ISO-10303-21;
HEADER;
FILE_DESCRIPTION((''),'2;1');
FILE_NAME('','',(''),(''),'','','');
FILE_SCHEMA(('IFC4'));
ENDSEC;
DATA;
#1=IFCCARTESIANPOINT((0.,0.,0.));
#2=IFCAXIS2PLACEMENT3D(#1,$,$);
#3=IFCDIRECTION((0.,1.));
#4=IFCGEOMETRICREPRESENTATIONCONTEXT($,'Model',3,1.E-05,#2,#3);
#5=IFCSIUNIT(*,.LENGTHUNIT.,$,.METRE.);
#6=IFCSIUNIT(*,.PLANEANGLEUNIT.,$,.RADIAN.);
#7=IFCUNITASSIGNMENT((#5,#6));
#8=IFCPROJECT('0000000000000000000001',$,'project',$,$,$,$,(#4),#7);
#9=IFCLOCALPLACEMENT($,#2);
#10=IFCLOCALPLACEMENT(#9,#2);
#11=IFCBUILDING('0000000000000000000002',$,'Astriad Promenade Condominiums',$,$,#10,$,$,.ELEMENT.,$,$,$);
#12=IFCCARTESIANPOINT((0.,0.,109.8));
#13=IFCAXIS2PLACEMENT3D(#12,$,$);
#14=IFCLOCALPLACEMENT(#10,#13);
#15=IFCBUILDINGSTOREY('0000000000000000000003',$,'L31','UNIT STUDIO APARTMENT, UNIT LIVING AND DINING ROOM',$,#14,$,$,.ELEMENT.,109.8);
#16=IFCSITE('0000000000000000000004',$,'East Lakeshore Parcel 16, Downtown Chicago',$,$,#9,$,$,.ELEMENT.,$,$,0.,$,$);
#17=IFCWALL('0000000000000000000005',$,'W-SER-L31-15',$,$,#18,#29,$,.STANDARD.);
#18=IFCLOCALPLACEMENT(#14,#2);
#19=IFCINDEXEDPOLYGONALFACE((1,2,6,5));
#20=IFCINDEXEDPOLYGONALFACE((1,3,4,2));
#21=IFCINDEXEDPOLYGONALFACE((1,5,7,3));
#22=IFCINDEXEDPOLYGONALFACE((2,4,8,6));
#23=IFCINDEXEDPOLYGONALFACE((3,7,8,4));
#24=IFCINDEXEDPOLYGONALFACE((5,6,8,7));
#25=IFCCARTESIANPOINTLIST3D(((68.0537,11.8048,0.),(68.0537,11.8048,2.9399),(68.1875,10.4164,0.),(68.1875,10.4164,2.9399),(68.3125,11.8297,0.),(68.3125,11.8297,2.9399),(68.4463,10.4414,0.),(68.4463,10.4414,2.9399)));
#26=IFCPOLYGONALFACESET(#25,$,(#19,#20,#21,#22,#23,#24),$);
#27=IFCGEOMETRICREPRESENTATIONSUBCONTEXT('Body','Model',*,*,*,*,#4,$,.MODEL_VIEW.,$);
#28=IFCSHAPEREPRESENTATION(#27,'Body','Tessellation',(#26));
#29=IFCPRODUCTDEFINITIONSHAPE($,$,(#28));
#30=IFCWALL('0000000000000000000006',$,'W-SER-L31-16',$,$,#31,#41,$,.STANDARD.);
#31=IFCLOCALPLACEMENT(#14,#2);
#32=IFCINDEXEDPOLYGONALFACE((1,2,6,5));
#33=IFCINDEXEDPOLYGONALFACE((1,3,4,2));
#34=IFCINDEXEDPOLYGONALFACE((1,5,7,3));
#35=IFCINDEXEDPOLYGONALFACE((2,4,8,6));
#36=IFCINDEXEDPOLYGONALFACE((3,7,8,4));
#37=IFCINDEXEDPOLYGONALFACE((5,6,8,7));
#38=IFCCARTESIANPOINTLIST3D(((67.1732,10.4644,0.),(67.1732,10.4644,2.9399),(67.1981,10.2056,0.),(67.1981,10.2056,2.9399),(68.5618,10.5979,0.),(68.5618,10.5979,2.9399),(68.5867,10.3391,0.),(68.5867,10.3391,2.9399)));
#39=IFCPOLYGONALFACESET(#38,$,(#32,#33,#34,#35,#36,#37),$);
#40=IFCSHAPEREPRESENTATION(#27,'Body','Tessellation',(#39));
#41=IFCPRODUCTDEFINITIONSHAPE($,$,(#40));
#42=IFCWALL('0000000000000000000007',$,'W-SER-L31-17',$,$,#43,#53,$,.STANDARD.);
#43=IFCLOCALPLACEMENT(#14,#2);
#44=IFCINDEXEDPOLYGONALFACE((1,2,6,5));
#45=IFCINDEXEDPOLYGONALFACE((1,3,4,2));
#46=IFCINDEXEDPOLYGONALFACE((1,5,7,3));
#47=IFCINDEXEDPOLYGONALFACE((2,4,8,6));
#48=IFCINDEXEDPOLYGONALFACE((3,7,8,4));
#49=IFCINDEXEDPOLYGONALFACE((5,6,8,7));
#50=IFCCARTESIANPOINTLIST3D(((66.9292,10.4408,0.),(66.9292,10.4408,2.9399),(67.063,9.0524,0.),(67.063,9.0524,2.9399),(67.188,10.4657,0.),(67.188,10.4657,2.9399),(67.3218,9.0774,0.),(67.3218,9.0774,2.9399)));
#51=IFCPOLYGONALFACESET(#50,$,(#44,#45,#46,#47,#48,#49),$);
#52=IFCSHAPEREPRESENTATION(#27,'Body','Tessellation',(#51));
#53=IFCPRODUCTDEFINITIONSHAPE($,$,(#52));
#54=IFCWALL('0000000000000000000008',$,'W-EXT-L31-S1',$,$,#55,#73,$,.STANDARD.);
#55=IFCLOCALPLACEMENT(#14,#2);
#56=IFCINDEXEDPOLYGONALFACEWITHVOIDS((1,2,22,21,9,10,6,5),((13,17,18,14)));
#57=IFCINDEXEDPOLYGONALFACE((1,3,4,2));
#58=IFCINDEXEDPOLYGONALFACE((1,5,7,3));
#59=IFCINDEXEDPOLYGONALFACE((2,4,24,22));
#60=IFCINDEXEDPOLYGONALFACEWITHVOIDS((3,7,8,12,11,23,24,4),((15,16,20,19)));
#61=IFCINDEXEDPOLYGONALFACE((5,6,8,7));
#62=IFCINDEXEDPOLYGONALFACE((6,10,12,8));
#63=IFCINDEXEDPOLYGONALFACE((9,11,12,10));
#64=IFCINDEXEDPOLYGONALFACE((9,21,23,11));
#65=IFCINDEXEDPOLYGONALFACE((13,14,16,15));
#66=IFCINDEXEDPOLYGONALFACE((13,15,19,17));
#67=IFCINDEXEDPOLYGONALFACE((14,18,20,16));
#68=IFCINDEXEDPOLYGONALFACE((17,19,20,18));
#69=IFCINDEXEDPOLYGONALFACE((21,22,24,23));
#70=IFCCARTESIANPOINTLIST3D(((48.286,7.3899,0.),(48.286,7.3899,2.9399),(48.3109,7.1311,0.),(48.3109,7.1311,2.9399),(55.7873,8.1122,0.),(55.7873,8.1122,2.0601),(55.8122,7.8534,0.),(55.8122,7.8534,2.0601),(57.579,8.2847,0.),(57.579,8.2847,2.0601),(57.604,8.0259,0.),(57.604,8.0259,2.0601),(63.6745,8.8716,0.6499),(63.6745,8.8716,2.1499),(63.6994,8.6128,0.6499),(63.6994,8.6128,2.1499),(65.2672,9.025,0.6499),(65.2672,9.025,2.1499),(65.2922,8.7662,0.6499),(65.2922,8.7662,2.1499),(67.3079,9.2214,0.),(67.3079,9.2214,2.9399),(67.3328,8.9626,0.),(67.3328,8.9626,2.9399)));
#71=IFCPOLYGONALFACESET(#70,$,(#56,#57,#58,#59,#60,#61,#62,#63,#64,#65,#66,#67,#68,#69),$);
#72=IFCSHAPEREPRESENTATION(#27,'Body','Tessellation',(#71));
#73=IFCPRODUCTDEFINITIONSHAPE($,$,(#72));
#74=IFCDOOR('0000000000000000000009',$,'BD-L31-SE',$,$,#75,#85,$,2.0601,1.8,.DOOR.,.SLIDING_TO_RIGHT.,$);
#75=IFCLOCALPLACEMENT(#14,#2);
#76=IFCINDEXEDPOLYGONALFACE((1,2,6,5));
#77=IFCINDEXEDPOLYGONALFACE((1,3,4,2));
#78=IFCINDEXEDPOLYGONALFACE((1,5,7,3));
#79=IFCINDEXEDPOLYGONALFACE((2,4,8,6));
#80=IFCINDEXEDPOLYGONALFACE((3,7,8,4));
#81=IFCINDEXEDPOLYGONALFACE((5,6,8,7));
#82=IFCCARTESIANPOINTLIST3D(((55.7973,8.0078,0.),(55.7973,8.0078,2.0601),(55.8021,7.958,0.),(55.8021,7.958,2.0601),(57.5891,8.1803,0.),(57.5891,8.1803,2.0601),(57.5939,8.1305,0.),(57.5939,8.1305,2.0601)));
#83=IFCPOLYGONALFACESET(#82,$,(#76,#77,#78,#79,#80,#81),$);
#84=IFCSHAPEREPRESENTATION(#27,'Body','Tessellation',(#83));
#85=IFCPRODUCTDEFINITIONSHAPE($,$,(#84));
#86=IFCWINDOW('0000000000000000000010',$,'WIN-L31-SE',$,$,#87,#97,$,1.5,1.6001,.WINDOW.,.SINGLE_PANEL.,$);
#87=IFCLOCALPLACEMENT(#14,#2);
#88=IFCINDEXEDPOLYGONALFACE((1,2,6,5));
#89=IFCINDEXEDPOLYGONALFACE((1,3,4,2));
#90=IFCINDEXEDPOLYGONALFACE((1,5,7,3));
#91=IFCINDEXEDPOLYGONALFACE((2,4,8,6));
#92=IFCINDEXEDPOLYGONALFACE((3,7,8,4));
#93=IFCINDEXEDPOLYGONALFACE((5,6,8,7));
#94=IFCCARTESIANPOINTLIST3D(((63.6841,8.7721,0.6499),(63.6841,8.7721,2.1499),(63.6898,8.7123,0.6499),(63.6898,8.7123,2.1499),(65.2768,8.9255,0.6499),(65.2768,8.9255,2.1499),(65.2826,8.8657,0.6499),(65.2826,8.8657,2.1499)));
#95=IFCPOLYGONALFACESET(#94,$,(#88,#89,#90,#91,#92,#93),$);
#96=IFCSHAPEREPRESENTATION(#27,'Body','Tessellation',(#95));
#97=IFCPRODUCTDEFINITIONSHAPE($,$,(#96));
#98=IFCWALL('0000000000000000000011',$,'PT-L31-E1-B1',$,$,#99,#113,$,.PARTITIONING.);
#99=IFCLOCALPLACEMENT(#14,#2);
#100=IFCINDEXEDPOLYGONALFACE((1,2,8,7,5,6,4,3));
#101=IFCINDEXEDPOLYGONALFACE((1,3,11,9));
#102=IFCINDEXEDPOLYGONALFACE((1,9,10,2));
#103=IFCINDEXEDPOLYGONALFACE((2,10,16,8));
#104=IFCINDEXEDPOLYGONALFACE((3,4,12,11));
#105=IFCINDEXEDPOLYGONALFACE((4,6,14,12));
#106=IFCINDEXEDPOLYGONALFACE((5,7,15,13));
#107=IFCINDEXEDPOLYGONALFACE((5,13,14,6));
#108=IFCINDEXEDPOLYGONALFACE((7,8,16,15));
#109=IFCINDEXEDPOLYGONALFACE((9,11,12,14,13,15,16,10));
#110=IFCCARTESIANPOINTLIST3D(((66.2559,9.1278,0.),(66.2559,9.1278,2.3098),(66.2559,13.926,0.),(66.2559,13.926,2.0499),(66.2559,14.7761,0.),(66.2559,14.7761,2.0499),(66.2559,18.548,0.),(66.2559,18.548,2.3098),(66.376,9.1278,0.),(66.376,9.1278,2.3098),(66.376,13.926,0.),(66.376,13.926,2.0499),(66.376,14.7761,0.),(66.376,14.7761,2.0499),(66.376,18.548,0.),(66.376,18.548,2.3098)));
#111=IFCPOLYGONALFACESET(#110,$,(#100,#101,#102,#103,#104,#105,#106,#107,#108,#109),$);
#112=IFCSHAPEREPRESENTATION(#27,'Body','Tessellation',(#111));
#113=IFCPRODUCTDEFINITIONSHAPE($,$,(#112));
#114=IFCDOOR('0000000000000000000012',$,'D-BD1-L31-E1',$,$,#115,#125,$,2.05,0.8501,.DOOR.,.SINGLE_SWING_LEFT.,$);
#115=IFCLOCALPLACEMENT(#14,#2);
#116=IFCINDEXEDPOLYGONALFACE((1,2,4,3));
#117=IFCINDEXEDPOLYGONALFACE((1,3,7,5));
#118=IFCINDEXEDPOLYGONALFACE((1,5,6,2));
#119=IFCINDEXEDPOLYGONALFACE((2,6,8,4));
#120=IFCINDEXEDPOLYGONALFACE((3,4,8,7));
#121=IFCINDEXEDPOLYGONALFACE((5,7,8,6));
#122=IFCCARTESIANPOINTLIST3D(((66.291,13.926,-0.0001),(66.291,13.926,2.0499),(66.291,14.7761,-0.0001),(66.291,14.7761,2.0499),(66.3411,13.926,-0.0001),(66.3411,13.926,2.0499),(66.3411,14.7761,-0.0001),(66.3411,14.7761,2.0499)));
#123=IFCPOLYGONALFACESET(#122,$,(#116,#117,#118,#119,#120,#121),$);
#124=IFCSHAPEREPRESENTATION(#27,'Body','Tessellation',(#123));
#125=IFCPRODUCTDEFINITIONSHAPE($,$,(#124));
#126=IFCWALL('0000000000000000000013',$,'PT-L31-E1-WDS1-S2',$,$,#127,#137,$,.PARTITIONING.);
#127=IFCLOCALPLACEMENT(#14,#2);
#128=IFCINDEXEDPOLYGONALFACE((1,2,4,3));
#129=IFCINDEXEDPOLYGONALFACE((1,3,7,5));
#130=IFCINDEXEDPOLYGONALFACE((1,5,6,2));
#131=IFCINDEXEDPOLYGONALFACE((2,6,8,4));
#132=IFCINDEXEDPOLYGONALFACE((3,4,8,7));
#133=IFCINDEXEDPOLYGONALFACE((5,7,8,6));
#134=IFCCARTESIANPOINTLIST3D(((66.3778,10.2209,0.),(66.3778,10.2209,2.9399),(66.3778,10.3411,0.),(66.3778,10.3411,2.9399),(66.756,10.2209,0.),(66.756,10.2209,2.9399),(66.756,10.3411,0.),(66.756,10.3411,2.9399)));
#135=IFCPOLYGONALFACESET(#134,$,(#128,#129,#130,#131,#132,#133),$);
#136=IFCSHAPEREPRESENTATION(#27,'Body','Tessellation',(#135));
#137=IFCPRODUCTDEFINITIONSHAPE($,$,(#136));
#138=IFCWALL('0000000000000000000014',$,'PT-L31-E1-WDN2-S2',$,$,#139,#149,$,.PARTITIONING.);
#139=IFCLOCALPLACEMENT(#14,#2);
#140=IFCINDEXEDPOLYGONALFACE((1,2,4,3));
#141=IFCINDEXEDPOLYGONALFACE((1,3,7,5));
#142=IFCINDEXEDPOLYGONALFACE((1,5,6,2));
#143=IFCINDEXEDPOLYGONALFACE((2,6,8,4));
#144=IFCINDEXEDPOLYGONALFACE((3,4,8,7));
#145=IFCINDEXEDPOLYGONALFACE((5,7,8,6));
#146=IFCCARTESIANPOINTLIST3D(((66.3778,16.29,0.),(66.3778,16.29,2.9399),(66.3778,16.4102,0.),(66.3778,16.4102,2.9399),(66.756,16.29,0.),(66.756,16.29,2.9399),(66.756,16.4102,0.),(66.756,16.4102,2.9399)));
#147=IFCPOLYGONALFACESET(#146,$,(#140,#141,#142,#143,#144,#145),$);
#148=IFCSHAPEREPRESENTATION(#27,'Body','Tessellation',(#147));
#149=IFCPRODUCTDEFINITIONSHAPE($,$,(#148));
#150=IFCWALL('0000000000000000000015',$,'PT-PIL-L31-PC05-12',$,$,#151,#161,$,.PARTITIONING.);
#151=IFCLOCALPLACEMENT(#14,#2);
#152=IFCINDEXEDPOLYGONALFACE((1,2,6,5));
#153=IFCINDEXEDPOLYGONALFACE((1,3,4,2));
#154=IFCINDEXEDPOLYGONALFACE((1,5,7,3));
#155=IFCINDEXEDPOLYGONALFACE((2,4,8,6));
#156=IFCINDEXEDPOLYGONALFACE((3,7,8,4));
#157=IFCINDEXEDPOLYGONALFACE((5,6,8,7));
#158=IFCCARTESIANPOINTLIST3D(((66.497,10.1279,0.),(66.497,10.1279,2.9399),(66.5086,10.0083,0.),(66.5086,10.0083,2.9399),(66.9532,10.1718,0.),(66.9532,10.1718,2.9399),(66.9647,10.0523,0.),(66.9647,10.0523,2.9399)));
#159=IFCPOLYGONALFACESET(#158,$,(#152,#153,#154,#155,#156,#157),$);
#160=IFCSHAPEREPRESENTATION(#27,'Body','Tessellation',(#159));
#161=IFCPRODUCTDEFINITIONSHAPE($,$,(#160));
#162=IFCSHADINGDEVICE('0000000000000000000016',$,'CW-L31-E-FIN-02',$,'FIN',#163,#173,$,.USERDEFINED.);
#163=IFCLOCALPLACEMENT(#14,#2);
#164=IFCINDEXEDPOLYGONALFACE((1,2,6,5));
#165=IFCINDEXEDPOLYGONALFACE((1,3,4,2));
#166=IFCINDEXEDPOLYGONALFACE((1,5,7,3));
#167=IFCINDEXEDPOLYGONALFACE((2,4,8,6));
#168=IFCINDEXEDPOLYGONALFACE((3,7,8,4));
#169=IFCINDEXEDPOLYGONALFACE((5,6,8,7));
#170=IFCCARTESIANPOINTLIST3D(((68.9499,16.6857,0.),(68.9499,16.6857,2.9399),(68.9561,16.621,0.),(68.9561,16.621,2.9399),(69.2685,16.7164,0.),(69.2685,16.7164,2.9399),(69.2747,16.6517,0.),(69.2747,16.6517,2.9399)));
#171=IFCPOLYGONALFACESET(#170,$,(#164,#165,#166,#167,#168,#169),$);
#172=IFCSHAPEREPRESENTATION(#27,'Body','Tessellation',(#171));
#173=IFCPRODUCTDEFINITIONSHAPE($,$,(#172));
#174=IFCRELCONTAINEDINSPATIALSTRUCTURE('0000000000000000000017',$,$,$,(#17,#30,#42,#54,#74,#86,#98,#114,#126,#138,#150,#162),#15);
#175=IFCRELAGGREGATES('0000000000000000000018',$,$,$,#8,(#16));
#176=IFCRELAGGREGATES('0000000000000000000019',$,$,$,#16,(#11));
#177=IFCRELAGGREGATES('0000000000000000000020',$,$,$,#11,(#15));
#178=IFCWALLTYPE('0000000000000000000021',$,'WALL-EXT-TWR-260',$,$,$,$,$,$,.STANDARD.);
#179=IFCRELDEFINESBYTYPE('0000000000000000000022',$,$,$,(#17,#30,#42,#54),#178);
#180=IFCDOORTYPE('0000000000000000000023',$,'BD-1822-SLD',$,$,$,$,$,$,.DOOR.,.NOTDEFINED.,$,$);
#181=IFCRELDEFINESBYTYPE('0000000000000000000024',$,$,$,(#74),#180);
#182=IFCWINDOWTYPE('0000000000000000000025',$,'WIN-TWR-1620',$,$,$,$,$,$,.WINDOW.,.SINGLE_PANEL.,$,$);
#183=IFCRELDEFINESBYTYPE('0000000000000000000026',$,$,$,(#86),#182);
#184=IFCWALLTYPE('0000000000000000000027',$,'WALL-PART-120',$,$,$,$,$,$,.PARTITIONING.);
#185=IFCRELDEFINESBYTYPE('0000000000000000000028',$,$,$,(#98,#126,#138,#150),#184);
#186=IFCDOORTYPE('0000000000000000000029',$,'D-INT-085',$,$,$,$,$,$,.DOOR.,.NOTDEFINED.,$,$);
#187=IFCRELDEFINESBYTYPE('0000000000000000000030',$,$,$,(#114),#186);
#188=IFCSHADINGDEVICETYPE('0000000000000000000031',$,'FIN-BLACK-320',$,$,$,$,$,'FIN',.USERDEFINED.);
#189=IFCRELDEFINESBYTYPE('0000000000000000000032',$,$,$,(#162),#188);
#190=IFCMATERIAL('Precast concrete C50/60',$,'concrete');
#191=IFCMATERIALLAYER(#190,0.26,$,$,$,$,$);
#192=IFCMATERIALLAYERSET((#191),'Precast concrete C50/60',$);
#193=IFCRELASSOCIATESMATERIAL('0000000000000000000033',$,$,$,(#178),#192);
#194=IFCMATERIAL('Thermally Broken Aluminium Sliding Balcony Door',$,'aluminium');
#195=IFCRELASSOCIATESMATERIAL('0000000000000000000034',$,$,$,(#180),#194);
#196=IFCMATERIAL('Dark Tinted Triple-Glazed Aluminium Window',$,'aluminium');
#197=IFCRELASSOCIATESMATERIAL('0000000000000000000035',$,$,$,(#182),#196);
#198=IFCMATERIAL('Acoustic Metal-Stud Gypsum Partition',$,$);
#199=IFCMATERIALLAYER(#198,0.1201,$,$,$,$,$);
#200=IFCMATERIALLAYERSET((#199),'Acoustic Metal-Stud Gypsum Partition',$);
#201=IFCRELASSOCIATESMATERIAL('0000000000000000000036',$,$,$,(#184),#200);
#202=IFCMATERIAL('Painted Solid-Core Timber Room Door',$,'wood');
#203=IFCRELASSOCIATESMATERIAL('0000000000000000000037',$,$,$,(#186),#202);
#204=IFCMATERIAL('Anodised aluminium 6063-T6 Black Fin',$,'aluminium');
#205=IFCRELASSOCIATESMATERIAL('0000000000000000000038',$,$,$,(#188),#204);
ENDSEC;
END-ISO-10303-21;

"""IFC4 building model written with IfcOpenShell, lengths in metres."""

from ifc_helpers import new_model, si_unit, direction, frame, frame_2d, origin, origin_2d, place, context, subcontext, project, spatial, rectangle, extrude, source, transform, mapped, material, layer, layer_set, type_object, type_shapes, element, fill, save


model = new_model("IFC4")

# Units and contexts
model_context = context("Model", 3, precision=1e-05, world=origin(), true_north=direction((0.0, 1.0)))
body_context = subcontext(model_context, "Body", "Model", "MODEL_VIEW")
ifc_project = project(units=[si_unit("LENGTHUNIT", "METRE"), si_unit("PLANEANGLEUNIT", "RADIAN")], contexts=[model_context])

# Site, building, storey
site_placement = place(None, origin())
site = spatial("IfcSite", under=ifc_project, at=site_placement, Name="East Lakeshore Parcel 16, Downtown Chicago", CompositionType="ELEMENT", RefElevation=0.0)
building_placement = place(site_placement, origin())
building = spatial("IfcBuilding", under=site, at=building_placement, Name="Astriad Promenade Condominiums", CompositionType="ELEMENT")
storey_placement = place(building_placement, frame((0.0, 0.0, 109.8)))
storey = spatial("IfcBuildingStorey", under=building, at=storey_placement, Name="L31", Description="UNIT STUDIO APARTMENT, UNIT LIVING AND DINING ROOM", CompositionType="ELEMENT", Elevation=109.8)

# Walls
ifc_material_1 = material(Name="Precast concrete C50/60", Category="concrete")
ifc_layer_1 = layer(ifc_material_1, 0.26)
ifc_layer_set_1 = layer_set([ifc_layer_1], Name="Precast concrete C50/60")
wall_type_1 = type_object("IfcWallType", Name="WALL-EXT-TWR-260", PredefinedType="STANDARD", material=ifc_layer_set_1)
for number, where, z_axis, x_axis, name in (
    (1, (68.1831, 11.8171, 0.0), (0.0, 0.0, 1.0), (0.095916, -0.995389, 0.0), "W-SER-L31-15"),
):
    element("IfcWall", number, at=place(storey_placement, frame(where, z_axis=z_axis, x_axis=x_axis)), inside=storey, type_object=wall_type_1, Name=name, PredefinedType="STANDARD", context=body_context, shape_type="SweptSolid", body=[
        extrude(rectangle(XDim=1.3948, YDim=0.26, at=frame_2d((0.6973, 0.0))), origin(), (0.0, 0.0, 1.0), 2.9399),
    ])
wall_1_placement = place(storey_placement, frame((68.5742, 10.4685, 0.0), z_axis=(0.0, 0.0, 1.0), x_axis=(-0.995408, -0.095726, 0.0)))
element("IfcWall", 2, at=wall_1_placement, inside=storey, type_object=wall_type_1, Name="W-SER-L31-16", PredefinedType="STANDARD", context=body_context, shape_type="SweptSolid", body=[
    extrude(rectangle(XDim=1.395, YDim=0.26, at=frame_2d((0.6975, 0.0))), origin(), (0.0, 0.0, 1.0), 2.9399),
])
wall_2_placement = place(storey_placement, frame((67.0586, 10.4531, 0.0), z_axis=(0.0, 0.0, 1.0), x_axis=(0.095916, -0.995389, 0.0)))
element("IfcWall", 3, at=wall_2_placement, inside=storey, type_object=wall_type_1, Name="W-SER-L31-17", PredefinedType="STANDARD", context=body_context, shape_type="SweptSolid", body=[
    extrude(rectangle(XDim=1.3948, YDim=0.26, at=frame_2d((0.6973, 0.0))), origin(), (0.0, 0.0, 1.0), 2.9399),
])

# Wall, openings, door, window
wall_3_placement = place(storey_placement, frame((67.3203, 9.092, 0.0), z_axis=(0.0, 0.0, 1.0), x_axis=(-0.995397, -0.095842, 0.0)))
wall_3 = element("IfcWall", 4, at=wall_3_placement, inside=storey, type_object=wall_type_1, Name="W-EXT-L31-S1", PredefinedType="STANDARD", context=body_context, shape_type="SweptSolid", body=[
    extrude(rectangle(XDim=19.1099, YDim=0.26, at=frame_2d((9.5549, 0.0))), origin(), (0.0, 0.0, 1.0), 2.9399),
])
opening_1_placement = place(wall_3_placement, frame((9.7739, 0.0, 0.0)))
opening_1 = element("IfcOpeningElement", 5, at=opening_1_placement, cuts=wall_3, PredefinedType="OPENING", context=body_context, shape_type="SweptSolid", body=[
    extrude(rectangle(XDim=1.8, YDim=2.0601, at=frame_2d((0.8999, 1.03))), frame((0.0, 0.1399, 0.0), z_axis=(0.0, -1.0, 0.0), x_axis=(1.0, 0.0, 0.0)), (0.0, 0.0, 1.0), 0.28),
])
opening_2_placement = place(wall_3_placement, frame((2.05, 0.0, 0.6499)))
opening_2 = element("IfcOpeningElement", 6, at=opening_2_placement, cuts=wall_3, PredefinedType="OPENING", context=body_context, shape_type="SweptSolid", body=[
    extrude(rectangle(XDim=1.6001, YDim=1.5, at=frame_2d((0.8, 0.75))), frame((0.0, 0.1399, 0.0), z_axis=(0.0, -1.0, 0.0), x_axis=(1.0, 0.0, 0.0)), (0.0, 0.0, 1.0), 0.28),
])
ifc_material_2 = material(Name="Thermally Broken Aluminium Sliding Balcony Door", Category="aluminium")
door_type_1 = type_object("IfcDoorType", Name="BD-1822-SLD", OperationType="NOTDEFINED", PredefinedType="DOOR", material=ifc_material_2)
shared_shape_1 = source(origin(), body_context, "Body", "SweptSolid", [
    extrude(rectangle(XDim=1.8, YDim=2.0601, at=frame_2d((0.8999, 1.03))), frame((0.0, 0.0249, 0.0), z_axis=(0.0, -1.0, 0.0), x_axis=(1.0, 0.0, 0.0)), (0.0, 0.0, 1.0), 0.05),
])
type_shapes(door_type_1, [shared_shape_1])
door_1_placement = place(opening_1_placement, origin())
door_1 = element("IfcDoor", 7, at=door_1_placement, inside=storey, type_object=door_type_1, Name="BD-L31-SE", OperationType="SLIDING_TO_RIGHT", OverallHeight=2.0601, OverallWidth=1.8, PredefinedType="DOOR", context=body_context, shape_type="MappedRepresentation", body=[
    mapped(shared_shape_1, transform((0.0, 0.0, 0.0), scale=1.0)),
])
fill(opening_1, door_1)
ifc_material_3 = material(Name="Dark Tinted Triple-Glazed Aluminium Window", Category="aluminium")
window_type = type_object("IfcWindowType", Name="WIN-TWR-1620", PartitioningType="SINGLE_PANEL", PredefinedType="WINDOW", material=ifc_material_3)
shared_shape_2 = source(origin(), body_context, "Body", "SweptSolid", [
    extrude(rectangle(XDim=1.6001, YDim=1.5, at=frame_2d((0.8, 0.75))), frame((0.0, 0.03, 0.0), z_axis=(0.0, -1.0, 0.0), x_axis=(1.0, 0.0, 0.0)), (0.0, 0.0, 1.0), 0.0601),
])
type_shapes(window_type, [shared_shape_2])
window_placement = place(opening_2_placement, origin())
window = element("IfcWindow", 8, at=window_placement, inside=storey, type_object=window_type, Name="WIN-L31-SE", OverallHeight=1.5, OverallWidth=1.6001, PartitioningType="SINGLE_PANEL", PredefinedType="WINDOW", context=body_context, shape_type="MappedRepresentation", body=[
    mapped(shared_shape_2, transform((0.0, 0.0, 0.0), scale=1.0)),
])
fill(opening_2, window)

# Wall, opening, door
ifc_material_4 = material(Name="Acoustic Metal-Stud Gypsum Partition")
ifc_layer_2 = layer(ifc_material_4, 0.1201)
ifc_layer_set_2 = layer_set([ifc_layer_2], Name="Acoustic Metal-Stud Gypsum Partition")
wall_type_2 = type_object("IfcWallType", Name="WALL-PART-120", PredefinedType="PARTITIONING", material=ifc_layer_set_2)
wall_4_placement = place(storey_placement, frame((66.3159, 9.1279, 0.0), z_axis=(0.0, 0.0, 1.0), x_axis=(0.0, 1.0, 0.0)))
wall_4 = element("IfcWall", 9, at=wall_4_placement, inside=storey, type_object=wall_type_2, Name="PT-L31-E1-B1", PredefinedType="PARTITIONING", context=body_context, shape_type="SweptSolid", body=[
    extrude(rectangle(XDim=9.4202, YDim=0.1201, at=frame_2d((4.71, 0.0))), origin(), (0.0, 0.0, 1.0), 2.3098),
])
opening_3_placement = place(wall_4_placement, frame((4.7981, 0.0, 0.0)))
opening_3 = element("IfcOpeningElement", 10, at=opening_3_placement, cuts=wall_4, PredefinedType="OPENING", context=body_context, shape_type="SweptSolid", body=[
    extrude(rectangle(XDim=0.8501, YDim=2.05, at=frame_2d((0.425, 1.0249))), frame((0.0, 0.0701, 0.0), z_axis=(0.0, -1.0, 0.0), x_axis=(1.0, 0.0, 0.0)), (0.0, 0.0, 1.0), 0.1401),
])
ifc_material_5 = material(Name="Painted Solid-Core Timber Room Door", Category="wood")
door_type_2 = type_object("IfcDoorType", Name="D-INT-085", OperationType="NOTDEFINED", PredefinedType="DOOR", material=ifc_material_5)
shared_shape_3 = source(origin(), body_context, "Body", "SweptSolid", [
    extrude(rectangle(XDim=0.8501, YDim=2.05, at=frame_2d((0.425, 1.0249))), frame((0.0, 0.0249, 0.0), z_axis=(0.0, -1.0, 0.0), x_axis=(1.0, 0.0, 0.0)), (0.0, 0.0, 1.0), 0.05),
])
type_shapes(door_type_2, [shared_shape_3])
door_2_placement = place(opening_3_placement, origin())
door_2 = element("IfcDoor", 11, at=door_2_placement, inside=storey, type_object=door_type_2, Name="D-BD1-L31-E1", OperationType="SINGLE_SWING_LEFT", OverallHeight=2.05, OverallWidth=0.8501, PredefinedType="DOOR", context=body_context, shape_type="MappedRepresentation", body=[
    mapped(shared_shape_3, transform((0.0, 0.0, 0.0), scale=1.0)),
])
fill(opening_3, door_2)

# Walls
for number, where, z_axis, x_axis, name in (
    (12, (66.3779, 10.281, 0.0), (0.0, 0.0, 1.0), (1.0, 0.0, 0.0), "PT-L31-E1-WDS1-S2"),
    (13, (66.3779, 16.3501, 0.0), (0.0, 0.0, 1.0), (1.0, 0.0, 0.0), "PT-L31-E1-WDN2-S2"),
):
    element("IfcWall", number, at=place(storey_placement, frame(where, z_axis=z_axis, x_axis=x_axis)), inside=storey, type_object=wall_type_2, Name=name, PredefinedType="PARTITIONING", context=body_context, shape_type="SweptSolid", body=[
        extrude(rectangle(XDim=0.3782, YDim=0.1201, at=frame_2d((0.189, 0.0))), origin(), (0.0, 0.0, 1.0), 2.9399),
    ])
wall_5_placement = place(storey_placement, frame((66.5029, 10.0681, 0.0), z_axis=(0.0, 0.0, 1.0), x_axis=(0.995389, 0.095915, 0.0)))
element("IfcWall", 14, at=wall_5_placement, inside=storey, type_object=wall_type_2, Name="PT-PIL-L31-PC05-12", PredefinedType="PARTITIONING", context=body_context, shape_type="SweptSolid", body=[
    extrude(rectangle(XDim=0.4583, YDim=0.1201, at=frame_2d((0.229, 0.0))), origin(), (0.0, 0.0, 1.0), 2.9399),
])

# Shading device
ifc_material_6 = material(Name="Anodised aluminium 6063-T6 Black Fin", Category="aluminium")
shading_device_type = type_object("IfcShadingDeviceType", Name="FIN-BLACK-320", ElementType="FIN", PredefinedType="USERDEFINED", material=ifc_material_6)
shared_shape_4 = source(origin(), body_context, "Body", "SweptSolid", [
    extrude(rectangle(XDim=0.0649, YDim=0.3201, at=origin_2d()), origin(), (0.0, 0.0, 1.0), 2.9399),
])
type_shapes(shading_device_type, [shared_shape_4])
shading_device_placement = place(storey_placement, frame((69.1123, 16.6687, 0.0), z_axis=(0.0, 0.0, 1.0), x_axis=(0.095846, -0.995396, 0.0)))
element("IfcShadingDevice", 15, at=shading_device_placement, inside=storey, type_object=shading_device_type, Name="CW-L31-E-FIN-02", ObjectType="FIN", PredefinedType="USERDEFINED", context=body_context, shape_type="MappedRepresentation", body=[
    mapped(shared_shape_4, transform((0.0, 0.0, 0.0), scale=1.0)),
])

save(model, "model.ifc")
